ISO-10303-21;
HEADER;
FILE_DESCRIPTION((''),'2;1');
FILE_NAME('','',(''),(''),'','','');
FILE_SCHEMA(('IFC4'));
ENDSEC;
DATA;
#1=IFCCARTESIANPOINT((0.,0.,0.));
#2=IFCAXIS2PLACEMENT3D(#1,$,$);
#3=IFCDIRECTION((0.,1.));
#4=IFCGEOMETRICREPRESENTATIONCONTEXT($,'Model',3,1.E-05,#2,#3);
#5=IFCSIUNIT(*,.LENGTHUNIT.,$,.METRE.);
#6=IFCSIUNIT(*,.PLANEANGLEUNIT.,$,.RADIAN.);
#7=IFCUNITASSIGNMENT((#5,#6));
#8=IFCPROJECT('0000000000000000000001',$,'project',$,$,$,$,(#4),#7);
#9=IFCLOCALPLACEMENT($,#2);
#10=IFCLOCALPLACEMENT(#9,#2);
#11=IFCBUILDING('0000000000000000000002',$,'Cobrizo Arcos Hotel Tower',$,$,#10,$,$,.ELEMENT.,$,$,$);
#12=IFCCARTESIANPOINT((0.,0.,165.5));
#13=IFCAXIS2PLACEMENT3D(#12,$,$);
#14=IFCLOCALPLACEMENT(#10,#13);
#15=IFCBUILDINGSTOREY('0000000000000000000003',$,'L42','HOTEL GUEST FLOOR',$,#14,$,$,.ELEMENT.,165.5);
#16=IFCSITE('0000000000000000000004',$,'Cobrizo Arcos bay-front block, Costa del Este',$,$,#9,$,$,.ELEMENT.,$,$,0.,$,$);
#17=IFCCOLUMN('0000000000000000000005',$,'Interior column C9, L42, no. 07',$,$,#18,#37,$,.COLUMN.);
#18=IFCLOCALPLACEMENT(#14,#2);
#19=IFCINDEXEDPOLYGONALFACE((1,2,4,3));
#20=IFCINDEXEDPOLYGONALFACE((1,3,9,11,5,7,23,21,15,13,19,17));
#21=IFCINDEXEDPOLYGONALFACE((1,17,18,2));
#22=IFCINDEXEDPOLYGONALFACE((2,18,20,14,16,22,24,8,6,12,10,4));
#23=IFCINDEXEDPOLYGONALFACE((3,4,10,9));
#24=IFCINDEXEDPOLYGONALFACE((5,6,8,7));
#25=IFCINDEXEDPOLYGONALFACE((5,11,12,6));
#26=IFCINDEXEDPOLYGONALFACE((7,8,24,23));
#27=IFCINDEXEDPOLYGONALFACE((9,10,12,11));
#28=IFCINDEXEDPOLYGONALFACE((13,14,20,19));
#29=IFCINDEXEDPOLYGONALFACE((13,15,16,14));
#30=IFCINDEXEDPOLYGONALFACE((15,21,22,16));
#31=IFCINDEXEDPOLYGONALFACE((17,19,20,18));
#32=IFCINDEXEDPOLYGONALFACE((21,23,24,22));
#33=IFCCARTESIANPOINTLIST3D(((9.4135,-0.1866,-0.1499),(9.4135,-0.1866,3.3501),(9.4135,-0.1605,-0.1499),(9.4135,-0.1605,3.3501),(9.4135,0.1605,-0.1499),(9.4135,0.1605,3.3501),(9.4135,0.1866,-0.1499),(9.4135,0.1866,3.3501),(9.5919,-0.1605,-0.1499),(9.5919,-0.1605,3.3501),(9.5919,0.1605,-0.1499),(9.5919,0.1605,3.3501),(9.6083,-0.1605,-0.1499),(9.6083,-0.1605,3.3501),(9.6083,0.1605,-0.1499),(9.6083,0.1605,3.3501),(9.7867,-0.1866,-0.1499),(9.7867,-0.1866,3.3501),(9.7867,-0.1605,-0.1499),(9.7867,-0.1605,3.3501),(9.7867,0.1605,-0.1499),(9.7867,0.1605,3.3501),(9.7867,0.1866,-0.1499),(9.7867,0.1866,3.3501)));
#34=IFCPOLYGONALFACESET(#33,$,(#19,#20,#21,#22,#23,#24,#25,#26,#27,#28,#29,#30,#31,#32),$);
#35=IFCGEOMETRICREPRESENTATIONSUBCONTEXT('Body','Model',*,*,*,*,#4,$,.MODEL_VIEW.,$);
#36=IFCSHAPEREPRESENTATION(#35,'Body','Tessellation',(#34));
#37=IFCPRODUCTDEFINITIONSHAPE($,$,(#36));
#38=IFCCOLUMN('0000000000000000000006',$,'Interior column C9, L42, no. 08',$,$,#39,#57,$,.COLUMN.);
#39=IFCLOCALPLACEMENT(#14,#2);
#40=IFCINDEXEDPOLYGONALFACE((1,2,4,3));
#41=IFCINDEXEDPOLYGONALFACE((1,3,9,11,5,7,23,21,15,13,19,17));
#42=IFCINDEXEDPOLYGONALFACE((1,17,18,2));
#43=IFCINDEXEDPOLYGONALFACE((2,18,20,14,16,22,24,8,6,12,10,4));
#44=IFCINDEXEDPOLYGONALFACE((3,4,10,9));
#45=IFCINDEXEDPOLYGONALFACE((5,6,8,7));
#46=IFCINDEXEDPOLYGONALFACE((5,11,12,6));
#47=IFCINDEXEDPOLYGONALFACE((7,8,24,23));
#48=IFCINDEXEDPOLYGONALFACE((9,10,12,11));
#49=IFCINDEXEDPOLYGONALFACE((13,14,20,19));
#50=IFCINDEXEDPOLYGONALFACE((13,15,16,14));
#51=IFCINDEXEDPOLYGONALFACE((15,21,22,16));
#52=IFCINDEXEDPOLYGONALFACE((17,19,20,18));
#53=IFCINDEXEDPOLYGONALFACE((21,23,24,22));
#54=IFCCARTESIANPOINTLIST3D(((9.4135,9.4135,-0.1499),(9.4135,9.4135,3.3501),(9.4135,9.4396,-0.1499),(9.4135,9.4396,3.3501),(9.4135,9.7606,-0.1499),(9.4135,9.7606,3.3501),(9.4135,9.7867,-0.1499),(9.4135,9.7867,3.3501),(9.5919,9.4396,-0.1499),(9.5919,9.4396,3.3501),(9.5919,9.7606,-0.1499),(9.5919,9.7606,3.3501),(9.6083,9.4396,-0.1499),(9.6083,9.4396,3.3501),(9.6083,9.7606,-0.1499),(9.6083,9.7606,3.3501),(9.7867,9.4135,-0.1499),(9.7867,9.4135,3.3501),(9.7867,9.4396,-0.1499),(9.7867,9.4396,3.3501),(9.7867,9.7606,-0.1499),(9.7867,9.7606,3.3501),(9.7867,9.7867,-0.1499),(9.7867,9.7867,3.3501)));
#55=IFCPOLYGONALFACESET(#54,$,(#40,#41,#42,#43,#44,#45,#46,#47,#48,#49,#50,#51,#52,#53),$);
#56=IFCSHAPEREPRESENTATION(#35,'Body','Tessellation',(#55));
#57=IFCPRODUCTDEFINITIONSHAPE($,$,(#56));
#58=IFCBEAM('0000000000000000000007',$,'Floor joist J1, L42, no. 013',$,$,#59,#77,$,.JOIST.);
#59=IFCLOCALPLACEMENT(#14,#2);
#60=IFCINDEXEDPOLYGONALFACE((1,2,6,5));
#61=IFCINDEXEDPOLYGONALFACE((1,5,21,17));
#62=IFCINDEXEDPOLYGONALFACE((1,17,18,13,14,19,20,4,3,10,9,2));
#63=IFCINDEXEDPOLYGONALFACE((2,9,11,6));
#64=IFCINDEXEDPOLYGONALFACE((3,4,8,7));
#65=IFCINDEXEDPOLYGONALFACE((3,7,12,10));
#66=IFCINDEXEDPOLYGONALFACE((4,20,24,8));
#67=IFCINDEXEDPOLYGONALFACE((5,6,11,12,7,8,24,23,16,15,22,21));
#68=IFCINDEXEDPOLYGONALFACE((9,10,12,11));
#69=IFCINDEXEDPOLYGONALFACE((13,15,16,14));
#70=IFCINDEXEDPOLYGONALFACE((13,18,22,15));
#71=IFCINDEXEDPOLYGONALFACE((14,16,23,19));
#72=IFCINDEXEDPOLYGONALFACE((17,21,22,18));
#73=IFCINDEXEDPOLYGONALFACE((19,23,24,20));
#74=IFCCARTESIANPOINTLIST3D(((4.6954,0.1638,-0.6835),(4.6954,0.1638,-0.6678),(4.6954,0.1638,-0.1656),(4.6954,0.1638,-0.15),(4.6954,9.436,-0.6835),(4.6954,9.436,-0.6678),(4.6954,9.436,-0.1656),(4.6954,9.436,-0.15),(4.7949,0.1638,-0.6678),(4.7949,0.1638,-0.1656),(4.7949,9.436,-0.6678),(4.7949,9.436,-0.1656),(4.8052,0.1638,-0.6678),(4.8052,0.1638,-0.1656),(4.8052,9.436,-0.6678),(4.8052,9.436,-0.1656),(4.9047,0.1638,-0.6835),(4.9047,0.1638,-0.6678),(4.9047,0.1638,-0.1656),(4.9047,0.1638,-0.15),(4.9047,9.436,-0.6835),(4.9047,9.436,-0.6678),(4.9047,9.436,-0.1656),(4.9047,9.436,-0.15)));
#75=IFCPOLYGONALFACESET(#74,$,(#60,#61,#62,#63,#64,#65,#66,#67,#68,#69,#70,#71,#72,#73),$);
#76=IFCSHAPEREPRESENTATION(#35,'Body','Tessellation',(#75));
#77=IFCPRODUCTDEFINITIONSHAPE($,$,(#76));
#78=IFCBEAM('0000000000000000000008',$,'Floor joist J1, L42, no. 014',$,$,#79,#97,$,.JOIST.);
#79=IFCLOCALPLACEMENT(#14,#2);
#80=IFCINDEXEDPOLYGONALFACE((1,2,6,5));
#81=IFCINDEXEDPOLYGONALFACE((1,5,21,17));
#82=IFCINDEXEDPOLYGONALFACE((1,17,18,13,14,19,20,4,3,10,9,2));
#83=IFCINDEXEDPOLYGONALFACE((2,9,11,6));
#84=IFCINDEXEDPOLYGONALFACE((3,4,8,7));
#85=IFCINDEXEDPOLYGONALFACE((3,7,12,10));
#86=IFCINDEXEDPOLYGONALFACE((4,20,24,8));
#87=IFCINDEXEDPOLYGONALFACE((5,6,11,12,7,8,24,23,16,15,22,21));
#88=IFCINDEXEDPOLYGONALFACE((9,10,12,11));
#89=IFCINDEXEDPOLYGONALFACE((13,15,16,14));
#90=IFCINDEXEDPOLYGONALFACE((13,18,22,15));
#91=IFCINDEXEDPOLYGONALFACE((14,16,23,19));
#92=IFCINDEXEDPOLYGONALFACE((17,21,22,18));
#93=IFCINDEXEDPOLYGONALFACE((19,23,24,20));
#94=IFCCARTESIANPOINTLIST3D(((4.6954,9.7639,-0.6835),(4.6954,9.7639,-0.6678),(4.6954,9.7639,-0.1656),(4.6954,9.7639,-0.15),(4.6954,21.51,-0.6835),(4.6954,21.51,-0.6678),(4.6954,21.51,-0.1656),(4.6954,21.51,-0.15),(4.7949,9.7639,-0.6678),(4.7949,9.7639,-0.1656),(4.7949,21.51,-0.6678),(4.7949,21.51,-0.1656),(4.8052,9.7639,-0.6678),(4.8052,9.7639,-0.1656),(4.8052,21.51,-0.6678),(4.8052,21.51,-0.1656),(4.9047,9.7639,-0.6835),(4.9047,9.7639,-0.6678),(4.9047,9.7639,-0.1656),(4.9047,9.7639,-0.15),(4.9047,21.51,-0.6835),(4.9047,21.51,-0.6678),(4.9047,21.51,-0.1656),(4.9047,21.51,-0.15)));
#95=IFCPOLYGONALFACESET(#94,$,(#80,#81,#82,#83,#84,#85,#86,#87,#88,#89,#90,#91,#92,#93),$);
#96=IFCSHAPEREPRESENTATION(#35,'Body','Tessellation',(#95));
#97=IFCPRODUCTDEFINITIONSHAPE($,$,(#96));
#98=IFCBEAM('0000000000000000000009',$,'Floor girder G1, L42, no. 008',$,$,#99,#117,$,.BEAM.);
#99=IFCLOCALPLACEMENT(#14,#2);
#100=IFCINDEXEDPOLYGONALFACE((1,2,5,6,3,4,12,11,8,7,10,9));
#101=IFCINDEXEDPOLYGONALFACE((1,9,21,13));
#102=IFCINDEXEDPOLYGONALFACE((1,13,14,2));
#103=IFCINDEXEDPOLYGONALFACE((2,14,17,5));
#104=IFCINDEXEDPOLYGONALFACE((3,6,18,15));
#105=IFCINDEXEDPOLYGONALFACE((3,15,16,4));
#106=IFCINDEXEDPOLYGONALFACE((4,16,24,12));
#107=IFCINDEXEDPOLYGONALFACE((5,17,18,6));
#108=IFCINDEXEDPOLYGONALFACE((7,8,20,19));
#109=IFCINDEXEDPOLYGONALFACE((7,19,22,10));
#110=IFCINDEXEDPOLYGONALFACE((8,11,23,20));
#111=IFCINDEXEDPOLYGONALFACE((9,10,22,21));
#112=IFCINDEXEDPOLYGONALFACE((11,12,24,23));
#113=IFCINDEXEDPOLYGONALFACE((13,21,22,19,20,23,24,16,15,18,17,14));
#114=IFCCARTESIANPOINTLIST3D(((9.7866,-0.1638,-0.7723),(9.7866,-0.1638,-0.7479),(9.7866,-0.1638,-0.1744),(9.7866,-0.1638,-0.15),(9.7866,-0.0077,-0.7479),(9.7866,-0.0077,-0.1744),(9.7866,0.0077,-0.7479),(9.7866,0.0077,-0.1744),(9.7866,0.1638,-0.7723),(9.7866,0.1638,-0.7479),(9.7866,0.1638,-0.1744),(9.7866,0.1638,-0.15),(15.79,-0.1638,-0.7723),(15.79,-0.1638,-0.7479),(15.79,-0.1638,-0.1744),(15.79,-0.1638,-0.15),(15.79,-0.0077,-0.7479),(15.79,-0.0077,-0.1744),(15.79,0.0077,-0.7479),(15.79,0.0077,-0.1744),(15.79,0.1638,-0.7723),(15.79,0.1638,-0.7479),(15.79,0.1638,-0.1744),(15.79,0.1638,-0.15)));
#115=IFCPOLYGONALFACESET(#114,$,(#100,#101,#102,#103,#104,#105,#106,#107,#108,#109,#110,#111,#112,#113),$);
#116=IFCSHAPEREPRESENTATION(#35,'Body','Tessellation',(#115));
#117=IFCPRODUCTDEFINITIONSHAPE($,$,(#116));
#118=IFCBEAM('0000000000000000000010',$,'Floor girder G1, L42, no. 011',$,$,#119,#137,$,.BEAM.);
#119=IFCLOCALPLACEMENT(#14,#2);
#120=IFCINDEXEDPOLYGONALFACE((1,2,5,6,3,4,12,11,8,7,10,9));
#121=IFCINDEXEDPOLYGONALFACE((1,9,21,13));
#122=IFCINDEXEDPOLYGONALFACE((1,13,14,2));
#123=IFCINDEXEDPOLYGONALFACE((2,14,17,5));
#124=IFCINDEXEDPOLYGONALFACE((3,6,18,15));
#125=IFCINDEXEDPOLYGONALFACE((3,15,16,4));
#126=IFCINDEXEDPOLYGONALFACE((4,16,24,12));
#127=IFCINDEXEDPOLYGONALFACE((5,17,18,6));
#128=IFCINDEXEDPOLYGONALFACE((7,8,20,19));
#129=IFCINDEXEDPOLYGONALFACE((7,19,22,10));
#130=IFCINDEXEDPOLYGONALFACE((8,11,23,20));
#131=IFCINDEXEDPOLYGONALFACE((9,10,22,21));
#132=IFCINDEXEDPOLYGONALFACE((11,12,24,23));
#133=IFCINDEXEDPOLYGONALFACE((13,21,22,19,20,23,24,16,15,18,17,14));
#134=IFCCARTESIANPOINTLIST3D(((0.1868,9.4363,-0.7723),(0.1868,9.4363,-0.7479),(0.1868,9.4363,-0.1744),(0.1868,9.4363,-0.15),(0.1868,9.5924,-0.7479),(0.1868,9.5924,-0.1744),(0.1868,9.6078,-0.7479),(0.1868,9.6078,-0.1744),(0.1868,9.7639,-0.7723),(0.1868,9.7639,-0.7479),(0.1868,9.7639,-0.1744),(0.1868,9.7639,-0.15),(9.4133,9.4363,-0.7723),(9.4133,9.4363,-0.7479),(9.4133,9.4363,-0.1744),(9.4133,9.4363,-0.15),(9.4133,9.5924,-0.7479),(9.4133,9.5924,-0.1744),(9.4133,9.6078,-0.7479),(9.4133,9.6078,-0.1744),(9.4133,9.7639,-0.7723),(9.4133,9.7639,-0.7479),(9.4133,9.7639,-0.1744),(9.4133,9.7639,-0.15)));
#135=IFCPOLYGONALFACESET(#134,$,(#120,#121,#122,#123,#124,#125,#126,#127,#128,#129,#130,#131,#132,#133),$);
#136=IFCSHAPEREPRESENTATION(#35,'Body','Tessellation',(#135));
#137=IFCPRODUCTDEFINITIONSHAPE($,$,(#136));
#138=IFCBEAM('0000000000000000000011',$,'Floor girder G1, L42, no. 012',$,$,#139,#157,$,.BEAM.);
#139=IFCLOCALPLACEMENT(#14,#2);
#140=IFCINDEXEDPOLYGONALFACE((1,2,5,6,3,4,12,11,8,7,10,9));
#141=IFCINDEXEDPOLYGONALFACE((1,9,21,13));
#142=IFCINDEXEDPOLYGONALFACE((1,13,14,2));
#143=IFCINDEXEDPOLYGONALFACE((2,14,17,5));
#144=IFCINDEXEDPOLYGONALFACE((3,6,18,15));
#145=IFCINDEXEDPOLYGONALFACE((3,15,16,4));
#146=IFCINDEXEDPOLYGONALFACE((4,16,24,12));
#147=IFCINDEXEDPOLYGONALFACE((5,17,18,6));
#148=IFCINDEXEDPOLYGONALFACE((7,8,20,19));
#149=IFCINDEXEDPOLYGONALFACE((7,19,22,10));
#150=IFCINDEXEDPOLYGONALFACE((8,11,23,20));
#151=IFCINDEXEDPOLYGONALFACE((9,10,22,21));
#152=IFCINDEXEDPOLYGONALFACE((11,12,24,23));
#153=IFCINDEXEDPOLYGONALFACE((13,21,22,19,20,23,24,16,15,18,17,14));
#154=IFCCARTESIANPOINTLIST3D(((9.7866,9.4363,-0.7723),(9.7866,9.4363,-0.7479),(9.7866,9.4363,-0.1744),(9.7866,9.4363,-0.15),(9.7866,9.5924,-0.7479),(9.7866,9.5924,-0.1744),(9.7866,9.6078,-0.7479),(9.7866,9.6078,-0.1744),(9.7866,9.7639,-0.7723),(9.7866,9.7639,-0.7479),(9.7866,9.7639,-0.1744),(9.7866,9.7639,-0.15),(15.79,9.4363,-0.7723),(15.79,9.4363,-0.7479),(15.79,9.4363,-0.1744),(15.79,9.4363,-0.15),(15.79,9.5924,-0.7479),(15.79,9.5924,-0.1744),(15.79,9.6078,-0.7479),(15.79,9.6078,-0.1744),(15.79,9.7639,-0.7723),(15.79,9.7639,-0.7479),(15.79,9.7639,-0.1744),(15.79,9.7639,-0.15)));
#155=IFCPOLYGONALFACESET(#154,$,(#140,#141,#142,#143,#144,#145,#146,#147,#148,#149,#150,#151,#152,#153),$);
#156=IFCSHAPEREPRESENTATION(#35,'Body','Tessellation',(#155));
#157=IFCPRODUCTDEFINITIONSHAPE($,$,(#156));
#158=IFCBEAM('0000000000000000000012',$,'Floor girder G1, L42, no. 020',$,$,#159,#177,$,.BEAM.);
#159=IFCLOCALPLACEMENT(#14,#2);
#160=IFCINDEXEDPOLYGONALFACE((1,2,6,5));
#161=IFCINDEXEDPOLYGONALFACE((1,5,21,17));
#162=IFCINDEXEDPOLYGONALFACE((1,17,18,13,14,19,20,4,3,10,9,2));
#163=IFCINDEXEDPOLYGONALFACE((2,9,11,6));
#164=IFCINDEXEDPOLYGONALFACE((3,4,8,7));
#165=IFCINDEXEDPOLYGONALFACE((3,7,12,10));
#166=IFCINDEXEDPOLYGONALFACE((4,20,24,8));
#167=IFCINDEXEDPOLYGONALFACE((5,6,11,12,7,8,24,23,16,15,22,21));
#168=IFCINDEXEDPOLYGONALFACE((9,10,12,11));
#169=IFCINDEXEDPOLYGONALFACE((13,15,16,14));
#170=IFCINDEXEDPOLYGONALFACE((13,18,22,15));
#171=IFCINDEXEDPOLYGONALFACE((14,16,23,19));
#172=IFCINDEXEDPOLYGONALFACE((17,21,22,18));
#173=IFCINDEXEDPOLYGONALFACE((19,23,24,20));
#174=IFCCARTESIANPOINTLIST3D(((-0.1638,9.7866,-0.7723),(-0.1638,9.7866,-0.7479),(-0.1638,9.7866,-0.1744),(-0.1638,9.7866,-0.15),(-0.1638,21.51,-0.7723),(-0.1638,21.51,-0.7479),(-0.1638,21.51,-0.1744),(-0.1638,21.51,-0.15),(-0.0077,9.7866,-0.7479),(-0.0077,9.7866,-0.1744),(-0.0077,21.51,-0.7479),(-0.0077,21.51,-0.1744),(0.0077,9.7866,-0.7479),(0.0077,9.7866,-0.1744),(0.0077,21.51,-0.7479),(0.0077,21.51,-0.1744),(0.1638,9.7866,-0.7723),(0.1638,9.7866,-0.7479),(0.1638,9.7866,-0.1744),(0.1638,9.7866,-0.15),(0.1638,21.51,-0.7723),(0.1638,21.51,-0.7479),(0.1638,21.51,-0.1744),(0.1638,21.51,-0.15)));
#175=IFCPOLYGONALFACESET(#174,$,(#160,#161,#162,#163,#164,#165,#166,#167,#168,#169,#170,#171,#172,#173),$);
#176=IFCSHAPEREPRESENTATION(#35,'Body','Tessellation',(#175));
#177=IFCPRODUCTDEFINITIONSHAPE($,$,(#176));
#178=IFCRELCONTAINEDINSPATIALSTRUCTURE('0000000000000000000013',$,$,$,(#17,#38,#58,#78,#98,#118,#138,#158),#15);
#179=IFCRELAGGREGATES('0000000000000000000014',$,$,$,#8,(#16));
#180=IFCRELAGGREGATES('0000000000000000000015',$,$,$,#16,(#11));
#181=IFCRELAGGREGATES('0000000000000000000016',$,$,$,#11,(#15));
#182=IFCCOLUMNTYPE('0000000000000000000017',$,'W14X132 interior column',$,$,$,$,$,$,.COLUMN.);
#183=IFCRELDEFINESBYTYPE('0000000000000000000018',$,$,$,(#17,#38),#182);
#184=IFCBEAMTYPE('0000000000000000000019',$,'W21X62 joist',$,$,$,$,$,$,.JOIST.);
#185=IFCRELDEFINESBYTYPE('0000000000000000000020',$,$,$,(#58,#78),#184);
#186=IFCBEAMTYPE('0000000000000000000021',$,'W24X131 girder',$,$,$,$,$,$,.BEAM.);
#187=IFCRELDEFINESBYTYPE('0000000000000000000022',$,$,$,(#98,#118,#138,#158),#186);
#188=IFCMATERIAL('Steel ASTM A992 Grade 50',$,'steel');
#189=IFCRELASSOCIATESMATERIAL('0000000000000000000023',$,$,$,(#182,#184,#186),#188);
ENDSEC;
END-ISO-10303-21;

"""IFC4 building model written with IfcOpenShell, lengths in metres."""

from ifc_helpers import new_model, si_unit, direction, frame, origin, origin_2d, place, context, subcontext, project, spatial, i_section, extrude, material, material_profile, profile_set, type_object, element, save


model = new_model("IFC4")

# Units and contexts
model_context = context("Model", 3, precision=1e-05, world=origin(), true_north=direction((0.0, 1.0)))
body_context = subcontext(model_context, "Body", "Model", "MODEL_VIEW")
ifc_project = project(units=[si_unit("LENGTHUNIT", "METRE"), si_unit("PLANEANGLEUNIT", "RADIAN")], contexts=[model_context])

# Site, building, storey
site_placement = place(None, origin())
site = spatial("IfcSite", under=ifc_project, at=site_placement, Name="Cobrizo Arcos bay-front block, Costa del Este", CompositionType="ELEMENT", RefElevation=0.0)
building_placement = place(site_placement, origin())
building = spatial("IfcBuilding", under=site, at=building_placement, Name="Cobrizo Arcos Hotel Tower", CompositionType="ELEMENT")
storey_placement = place(building_placement, frame((0.0, 0.0, 165.5)))
storey = spatial("IfcBuildingStorey", under=building, at=storey_placement, Name="L42", Description="HOTEL GUEST FLOOR", CompositionType="ELEMENT", Elevation=165.5)

# Columns
ifc_material_1 = material(Name="Steel ASTM A992 Grade 50", Category="steel")
ifc_material_profile_1 = material_profile(ifc_material_1, i_section(OverallWidth=0.3733, OverallDepth=0.3733, WebThickness=0.0164, FlangeThickness=0.0261, at=origin_2d()), Name="W14X132")
ifc_profile_set_1 = profile_set([ifc_material_profile_1], Name="Steel ASTM A992 Grade 50")
column_type = type_object("IfcColumnType", Name="W14X132 interior column", PredefinedType="COLUMN", material=ifc_profile_set_1)
for number, where, z_axis, x_axis, name in (
    (1, (9.6001, 0.0, -0.1499), (0.0, 0.0, 1.0), (1.0, 0.0, 0.0), "Interior column C9, L42, no. 07"),
    (2, (9.6001, 9.6001, -0.1499), (0.0, 0.0, 1.0), (1.0, 0.0, 0.0), "Interior column C9, L42, no. 08"),
):
    element("IfcColumn", number, at=place(storey_placement, frame(where, z_axis=z_axis, x_axis=x_axis)), inside=storey, type_object=column_type, Name=name, PredefinedType="COLUMN", context=body_context, shape_type="SweptSolid", body=[
        extrude(i_section(OverallWidth=0.3733, OverallDepth=0.3733, WebThickness=0.0164, FlangeThickness=0.0261, at=origin_2d()), origin(), (0.0, 0.0, 1.0), 3.5),
    ])

# Beams
ifc_material_profile_2 = material_profile(ifc_material_1, i_section(OverallWidth=0.2092, OverallDepth=0.5334, WebThickness=0.0103, FlangeThickness=0.0156, at=origin_2d()), Name="W21X62")
ifc_profile_set_2 = profile_set([ifc_material_profile_2], Name="Steel ASTM A992 Grade 50")
beam_type_1 = type_object("IfcBeamType", Name="W21X62 joist", PredefinedType="JOIST", material=ifc_profile_set_2)
beam_1_placement = place(storey_placement, frame((4.8, 0.1638, -0.4167), z_axis=(0.0, 1.0, 0.0), x_axis=(-1.0, 0.0, 0.0)))
element("IfcBeam", 3, at=beam_1_placement, inside=storey, type_object=beam_type_1, Name="Floor joist J1, L42, no. 013", PredefinedType="JOIST", context=body_context, shape_type="SweptSolid", body=[
    extrude(i_section(OverallWidth=0.2092, OverallDepth=0.5334, WebThickness=0.0103, FlangeThickness=0.0156, at=origin_2d()), origin(), (0.0, 0.0, 1.0), 9.2722),
])
beam_2_placement = place(storey_placement, frame((4.8, 9.7639, -0.4167), z_axis=(0.0, 1.0, 0.0), x_axis=(-1.0, 0.0, 0.0)))
element("IfcBeam", 4, at=beam_2_placement, inside=storey, type_object=beam_type_1, Name="Floor joist J1, L42, no. 014", PredefinedType="JOIST", context=body_context, shape_type="SweptSolid", body=[
    extrude(i_section(OverallWidth=0.2092, OverallDepth=0.5334, WebThickness=0.0103, FlangeThickness=0.0156, at=origin_2d()), origin(), (0.0, 0.0, 1.0), 11.7461),
])
ifc_material_profile_3 = material_profile(ifc_material_1, i_section(OverallWidth=0.3276, OverallDepth=0.6223, WebThickness=0.0154, FlangeThickness=0.0244, at=origin_2d()), Name="W24X131")
ifc_profile_set_3 = profile_set([ifc_material_profile_3], Name="Steel ASTM A992 Grade 50")
beam_type_2 = type_object("IfcBeamType", Name="W24X131 girder", PredefinedType="BEAM", material=ifc_profile_set_3)
beam_3_placement = place(storey_placement, frame((9.7866, 0.0, -0.4612), z_axis=(1.0, 0.0, 0.0), x_axis=(0.0, 1.0, 0.0)))
element("IfcBeam", 5, at=beam_3_placement, inside=storey, type_object=beam_type_2, Name="Floor girder G1, L42, no. 008", PredefinedType="BEAM", context=body_context, shape_type="SweptSolid", body=[
    extrude(i_section(OverallWidth=0.3276, OverallDepth=0.6223, WebThickness=0.0154, FlangeThickness=0.0244, at=origin_2d()), origin(), (0.0, 0.0, 1.0), 6.0034),
])
beam_4_placement = place(storey_placement, frame((0.1868, 9.6001, -0.4612), z_axis=(1.0, 0.0, 0.0), x_axis=(0.0, 1.0, 0.0)))
element("IfcBeam", 6, at=beam_4_placement, inside=storey, type_object=beam_type_2, Name="Floor girder G1, L42, no. 011", PredefinedType="BEAM", context=body_context, shape_type="SweptSolid", body=[
    extrude(i_section(OverallWidth=0.3276, OverallDepth=0.6223, WebThickness=0.0154, FlangeThickness=0.0244, at=origin_2d()), origin(), (0.0, 0.0, 1.0), 9.2266),
])
beam_5_placement = place(storey_placement, frame((9.7866, 9.6001, -0.4612), z_axis=(1.0, 0.0, 0.0), x_axis=(0.0, 1.0, 0.0)))
element("IfcBeam", 7, at=beam_5_placement, inside=storey, type_object=beam_type_2, Name="Floor girder G1, L42, no. 012", PredefinedType="BEAM", context=body_context, shape_type="SweptSolid", body=[
    extrude(i_section(OverallWidth=0.3276, OverallDepth=0.6223, WebThickness=0.0154, FlangeThickness=0.0244, at=origin_2d()), origin(), (0.0, 0.0, 1.0), 6.0034),
])
beam_6_placement = place(storey_placement, frame((0.0, 9.7866, -0.4612), z_axis=(0.0, 1.0, 0.0), x_axis=(-1.0, 0.0, 0.0)))
element("IfcBeam", 8, at=beam_6_placement, inside=storey, type_object=beam_type_2, Name="Floor girder G1, L42, no. 020", PredefinedType="BEAM", context=body_context, shape_type="SweptSolid", body=[
    extrude(i_section(OverallWidth=0.3276, OverallDepth=0.6223, WebThickness=0.0154, FlangeThickness=0.0244, at=origin_2d()), origin(), (0.0, 0.0, 1.0), 11.7234),
])

save(model, "model.ifc")
